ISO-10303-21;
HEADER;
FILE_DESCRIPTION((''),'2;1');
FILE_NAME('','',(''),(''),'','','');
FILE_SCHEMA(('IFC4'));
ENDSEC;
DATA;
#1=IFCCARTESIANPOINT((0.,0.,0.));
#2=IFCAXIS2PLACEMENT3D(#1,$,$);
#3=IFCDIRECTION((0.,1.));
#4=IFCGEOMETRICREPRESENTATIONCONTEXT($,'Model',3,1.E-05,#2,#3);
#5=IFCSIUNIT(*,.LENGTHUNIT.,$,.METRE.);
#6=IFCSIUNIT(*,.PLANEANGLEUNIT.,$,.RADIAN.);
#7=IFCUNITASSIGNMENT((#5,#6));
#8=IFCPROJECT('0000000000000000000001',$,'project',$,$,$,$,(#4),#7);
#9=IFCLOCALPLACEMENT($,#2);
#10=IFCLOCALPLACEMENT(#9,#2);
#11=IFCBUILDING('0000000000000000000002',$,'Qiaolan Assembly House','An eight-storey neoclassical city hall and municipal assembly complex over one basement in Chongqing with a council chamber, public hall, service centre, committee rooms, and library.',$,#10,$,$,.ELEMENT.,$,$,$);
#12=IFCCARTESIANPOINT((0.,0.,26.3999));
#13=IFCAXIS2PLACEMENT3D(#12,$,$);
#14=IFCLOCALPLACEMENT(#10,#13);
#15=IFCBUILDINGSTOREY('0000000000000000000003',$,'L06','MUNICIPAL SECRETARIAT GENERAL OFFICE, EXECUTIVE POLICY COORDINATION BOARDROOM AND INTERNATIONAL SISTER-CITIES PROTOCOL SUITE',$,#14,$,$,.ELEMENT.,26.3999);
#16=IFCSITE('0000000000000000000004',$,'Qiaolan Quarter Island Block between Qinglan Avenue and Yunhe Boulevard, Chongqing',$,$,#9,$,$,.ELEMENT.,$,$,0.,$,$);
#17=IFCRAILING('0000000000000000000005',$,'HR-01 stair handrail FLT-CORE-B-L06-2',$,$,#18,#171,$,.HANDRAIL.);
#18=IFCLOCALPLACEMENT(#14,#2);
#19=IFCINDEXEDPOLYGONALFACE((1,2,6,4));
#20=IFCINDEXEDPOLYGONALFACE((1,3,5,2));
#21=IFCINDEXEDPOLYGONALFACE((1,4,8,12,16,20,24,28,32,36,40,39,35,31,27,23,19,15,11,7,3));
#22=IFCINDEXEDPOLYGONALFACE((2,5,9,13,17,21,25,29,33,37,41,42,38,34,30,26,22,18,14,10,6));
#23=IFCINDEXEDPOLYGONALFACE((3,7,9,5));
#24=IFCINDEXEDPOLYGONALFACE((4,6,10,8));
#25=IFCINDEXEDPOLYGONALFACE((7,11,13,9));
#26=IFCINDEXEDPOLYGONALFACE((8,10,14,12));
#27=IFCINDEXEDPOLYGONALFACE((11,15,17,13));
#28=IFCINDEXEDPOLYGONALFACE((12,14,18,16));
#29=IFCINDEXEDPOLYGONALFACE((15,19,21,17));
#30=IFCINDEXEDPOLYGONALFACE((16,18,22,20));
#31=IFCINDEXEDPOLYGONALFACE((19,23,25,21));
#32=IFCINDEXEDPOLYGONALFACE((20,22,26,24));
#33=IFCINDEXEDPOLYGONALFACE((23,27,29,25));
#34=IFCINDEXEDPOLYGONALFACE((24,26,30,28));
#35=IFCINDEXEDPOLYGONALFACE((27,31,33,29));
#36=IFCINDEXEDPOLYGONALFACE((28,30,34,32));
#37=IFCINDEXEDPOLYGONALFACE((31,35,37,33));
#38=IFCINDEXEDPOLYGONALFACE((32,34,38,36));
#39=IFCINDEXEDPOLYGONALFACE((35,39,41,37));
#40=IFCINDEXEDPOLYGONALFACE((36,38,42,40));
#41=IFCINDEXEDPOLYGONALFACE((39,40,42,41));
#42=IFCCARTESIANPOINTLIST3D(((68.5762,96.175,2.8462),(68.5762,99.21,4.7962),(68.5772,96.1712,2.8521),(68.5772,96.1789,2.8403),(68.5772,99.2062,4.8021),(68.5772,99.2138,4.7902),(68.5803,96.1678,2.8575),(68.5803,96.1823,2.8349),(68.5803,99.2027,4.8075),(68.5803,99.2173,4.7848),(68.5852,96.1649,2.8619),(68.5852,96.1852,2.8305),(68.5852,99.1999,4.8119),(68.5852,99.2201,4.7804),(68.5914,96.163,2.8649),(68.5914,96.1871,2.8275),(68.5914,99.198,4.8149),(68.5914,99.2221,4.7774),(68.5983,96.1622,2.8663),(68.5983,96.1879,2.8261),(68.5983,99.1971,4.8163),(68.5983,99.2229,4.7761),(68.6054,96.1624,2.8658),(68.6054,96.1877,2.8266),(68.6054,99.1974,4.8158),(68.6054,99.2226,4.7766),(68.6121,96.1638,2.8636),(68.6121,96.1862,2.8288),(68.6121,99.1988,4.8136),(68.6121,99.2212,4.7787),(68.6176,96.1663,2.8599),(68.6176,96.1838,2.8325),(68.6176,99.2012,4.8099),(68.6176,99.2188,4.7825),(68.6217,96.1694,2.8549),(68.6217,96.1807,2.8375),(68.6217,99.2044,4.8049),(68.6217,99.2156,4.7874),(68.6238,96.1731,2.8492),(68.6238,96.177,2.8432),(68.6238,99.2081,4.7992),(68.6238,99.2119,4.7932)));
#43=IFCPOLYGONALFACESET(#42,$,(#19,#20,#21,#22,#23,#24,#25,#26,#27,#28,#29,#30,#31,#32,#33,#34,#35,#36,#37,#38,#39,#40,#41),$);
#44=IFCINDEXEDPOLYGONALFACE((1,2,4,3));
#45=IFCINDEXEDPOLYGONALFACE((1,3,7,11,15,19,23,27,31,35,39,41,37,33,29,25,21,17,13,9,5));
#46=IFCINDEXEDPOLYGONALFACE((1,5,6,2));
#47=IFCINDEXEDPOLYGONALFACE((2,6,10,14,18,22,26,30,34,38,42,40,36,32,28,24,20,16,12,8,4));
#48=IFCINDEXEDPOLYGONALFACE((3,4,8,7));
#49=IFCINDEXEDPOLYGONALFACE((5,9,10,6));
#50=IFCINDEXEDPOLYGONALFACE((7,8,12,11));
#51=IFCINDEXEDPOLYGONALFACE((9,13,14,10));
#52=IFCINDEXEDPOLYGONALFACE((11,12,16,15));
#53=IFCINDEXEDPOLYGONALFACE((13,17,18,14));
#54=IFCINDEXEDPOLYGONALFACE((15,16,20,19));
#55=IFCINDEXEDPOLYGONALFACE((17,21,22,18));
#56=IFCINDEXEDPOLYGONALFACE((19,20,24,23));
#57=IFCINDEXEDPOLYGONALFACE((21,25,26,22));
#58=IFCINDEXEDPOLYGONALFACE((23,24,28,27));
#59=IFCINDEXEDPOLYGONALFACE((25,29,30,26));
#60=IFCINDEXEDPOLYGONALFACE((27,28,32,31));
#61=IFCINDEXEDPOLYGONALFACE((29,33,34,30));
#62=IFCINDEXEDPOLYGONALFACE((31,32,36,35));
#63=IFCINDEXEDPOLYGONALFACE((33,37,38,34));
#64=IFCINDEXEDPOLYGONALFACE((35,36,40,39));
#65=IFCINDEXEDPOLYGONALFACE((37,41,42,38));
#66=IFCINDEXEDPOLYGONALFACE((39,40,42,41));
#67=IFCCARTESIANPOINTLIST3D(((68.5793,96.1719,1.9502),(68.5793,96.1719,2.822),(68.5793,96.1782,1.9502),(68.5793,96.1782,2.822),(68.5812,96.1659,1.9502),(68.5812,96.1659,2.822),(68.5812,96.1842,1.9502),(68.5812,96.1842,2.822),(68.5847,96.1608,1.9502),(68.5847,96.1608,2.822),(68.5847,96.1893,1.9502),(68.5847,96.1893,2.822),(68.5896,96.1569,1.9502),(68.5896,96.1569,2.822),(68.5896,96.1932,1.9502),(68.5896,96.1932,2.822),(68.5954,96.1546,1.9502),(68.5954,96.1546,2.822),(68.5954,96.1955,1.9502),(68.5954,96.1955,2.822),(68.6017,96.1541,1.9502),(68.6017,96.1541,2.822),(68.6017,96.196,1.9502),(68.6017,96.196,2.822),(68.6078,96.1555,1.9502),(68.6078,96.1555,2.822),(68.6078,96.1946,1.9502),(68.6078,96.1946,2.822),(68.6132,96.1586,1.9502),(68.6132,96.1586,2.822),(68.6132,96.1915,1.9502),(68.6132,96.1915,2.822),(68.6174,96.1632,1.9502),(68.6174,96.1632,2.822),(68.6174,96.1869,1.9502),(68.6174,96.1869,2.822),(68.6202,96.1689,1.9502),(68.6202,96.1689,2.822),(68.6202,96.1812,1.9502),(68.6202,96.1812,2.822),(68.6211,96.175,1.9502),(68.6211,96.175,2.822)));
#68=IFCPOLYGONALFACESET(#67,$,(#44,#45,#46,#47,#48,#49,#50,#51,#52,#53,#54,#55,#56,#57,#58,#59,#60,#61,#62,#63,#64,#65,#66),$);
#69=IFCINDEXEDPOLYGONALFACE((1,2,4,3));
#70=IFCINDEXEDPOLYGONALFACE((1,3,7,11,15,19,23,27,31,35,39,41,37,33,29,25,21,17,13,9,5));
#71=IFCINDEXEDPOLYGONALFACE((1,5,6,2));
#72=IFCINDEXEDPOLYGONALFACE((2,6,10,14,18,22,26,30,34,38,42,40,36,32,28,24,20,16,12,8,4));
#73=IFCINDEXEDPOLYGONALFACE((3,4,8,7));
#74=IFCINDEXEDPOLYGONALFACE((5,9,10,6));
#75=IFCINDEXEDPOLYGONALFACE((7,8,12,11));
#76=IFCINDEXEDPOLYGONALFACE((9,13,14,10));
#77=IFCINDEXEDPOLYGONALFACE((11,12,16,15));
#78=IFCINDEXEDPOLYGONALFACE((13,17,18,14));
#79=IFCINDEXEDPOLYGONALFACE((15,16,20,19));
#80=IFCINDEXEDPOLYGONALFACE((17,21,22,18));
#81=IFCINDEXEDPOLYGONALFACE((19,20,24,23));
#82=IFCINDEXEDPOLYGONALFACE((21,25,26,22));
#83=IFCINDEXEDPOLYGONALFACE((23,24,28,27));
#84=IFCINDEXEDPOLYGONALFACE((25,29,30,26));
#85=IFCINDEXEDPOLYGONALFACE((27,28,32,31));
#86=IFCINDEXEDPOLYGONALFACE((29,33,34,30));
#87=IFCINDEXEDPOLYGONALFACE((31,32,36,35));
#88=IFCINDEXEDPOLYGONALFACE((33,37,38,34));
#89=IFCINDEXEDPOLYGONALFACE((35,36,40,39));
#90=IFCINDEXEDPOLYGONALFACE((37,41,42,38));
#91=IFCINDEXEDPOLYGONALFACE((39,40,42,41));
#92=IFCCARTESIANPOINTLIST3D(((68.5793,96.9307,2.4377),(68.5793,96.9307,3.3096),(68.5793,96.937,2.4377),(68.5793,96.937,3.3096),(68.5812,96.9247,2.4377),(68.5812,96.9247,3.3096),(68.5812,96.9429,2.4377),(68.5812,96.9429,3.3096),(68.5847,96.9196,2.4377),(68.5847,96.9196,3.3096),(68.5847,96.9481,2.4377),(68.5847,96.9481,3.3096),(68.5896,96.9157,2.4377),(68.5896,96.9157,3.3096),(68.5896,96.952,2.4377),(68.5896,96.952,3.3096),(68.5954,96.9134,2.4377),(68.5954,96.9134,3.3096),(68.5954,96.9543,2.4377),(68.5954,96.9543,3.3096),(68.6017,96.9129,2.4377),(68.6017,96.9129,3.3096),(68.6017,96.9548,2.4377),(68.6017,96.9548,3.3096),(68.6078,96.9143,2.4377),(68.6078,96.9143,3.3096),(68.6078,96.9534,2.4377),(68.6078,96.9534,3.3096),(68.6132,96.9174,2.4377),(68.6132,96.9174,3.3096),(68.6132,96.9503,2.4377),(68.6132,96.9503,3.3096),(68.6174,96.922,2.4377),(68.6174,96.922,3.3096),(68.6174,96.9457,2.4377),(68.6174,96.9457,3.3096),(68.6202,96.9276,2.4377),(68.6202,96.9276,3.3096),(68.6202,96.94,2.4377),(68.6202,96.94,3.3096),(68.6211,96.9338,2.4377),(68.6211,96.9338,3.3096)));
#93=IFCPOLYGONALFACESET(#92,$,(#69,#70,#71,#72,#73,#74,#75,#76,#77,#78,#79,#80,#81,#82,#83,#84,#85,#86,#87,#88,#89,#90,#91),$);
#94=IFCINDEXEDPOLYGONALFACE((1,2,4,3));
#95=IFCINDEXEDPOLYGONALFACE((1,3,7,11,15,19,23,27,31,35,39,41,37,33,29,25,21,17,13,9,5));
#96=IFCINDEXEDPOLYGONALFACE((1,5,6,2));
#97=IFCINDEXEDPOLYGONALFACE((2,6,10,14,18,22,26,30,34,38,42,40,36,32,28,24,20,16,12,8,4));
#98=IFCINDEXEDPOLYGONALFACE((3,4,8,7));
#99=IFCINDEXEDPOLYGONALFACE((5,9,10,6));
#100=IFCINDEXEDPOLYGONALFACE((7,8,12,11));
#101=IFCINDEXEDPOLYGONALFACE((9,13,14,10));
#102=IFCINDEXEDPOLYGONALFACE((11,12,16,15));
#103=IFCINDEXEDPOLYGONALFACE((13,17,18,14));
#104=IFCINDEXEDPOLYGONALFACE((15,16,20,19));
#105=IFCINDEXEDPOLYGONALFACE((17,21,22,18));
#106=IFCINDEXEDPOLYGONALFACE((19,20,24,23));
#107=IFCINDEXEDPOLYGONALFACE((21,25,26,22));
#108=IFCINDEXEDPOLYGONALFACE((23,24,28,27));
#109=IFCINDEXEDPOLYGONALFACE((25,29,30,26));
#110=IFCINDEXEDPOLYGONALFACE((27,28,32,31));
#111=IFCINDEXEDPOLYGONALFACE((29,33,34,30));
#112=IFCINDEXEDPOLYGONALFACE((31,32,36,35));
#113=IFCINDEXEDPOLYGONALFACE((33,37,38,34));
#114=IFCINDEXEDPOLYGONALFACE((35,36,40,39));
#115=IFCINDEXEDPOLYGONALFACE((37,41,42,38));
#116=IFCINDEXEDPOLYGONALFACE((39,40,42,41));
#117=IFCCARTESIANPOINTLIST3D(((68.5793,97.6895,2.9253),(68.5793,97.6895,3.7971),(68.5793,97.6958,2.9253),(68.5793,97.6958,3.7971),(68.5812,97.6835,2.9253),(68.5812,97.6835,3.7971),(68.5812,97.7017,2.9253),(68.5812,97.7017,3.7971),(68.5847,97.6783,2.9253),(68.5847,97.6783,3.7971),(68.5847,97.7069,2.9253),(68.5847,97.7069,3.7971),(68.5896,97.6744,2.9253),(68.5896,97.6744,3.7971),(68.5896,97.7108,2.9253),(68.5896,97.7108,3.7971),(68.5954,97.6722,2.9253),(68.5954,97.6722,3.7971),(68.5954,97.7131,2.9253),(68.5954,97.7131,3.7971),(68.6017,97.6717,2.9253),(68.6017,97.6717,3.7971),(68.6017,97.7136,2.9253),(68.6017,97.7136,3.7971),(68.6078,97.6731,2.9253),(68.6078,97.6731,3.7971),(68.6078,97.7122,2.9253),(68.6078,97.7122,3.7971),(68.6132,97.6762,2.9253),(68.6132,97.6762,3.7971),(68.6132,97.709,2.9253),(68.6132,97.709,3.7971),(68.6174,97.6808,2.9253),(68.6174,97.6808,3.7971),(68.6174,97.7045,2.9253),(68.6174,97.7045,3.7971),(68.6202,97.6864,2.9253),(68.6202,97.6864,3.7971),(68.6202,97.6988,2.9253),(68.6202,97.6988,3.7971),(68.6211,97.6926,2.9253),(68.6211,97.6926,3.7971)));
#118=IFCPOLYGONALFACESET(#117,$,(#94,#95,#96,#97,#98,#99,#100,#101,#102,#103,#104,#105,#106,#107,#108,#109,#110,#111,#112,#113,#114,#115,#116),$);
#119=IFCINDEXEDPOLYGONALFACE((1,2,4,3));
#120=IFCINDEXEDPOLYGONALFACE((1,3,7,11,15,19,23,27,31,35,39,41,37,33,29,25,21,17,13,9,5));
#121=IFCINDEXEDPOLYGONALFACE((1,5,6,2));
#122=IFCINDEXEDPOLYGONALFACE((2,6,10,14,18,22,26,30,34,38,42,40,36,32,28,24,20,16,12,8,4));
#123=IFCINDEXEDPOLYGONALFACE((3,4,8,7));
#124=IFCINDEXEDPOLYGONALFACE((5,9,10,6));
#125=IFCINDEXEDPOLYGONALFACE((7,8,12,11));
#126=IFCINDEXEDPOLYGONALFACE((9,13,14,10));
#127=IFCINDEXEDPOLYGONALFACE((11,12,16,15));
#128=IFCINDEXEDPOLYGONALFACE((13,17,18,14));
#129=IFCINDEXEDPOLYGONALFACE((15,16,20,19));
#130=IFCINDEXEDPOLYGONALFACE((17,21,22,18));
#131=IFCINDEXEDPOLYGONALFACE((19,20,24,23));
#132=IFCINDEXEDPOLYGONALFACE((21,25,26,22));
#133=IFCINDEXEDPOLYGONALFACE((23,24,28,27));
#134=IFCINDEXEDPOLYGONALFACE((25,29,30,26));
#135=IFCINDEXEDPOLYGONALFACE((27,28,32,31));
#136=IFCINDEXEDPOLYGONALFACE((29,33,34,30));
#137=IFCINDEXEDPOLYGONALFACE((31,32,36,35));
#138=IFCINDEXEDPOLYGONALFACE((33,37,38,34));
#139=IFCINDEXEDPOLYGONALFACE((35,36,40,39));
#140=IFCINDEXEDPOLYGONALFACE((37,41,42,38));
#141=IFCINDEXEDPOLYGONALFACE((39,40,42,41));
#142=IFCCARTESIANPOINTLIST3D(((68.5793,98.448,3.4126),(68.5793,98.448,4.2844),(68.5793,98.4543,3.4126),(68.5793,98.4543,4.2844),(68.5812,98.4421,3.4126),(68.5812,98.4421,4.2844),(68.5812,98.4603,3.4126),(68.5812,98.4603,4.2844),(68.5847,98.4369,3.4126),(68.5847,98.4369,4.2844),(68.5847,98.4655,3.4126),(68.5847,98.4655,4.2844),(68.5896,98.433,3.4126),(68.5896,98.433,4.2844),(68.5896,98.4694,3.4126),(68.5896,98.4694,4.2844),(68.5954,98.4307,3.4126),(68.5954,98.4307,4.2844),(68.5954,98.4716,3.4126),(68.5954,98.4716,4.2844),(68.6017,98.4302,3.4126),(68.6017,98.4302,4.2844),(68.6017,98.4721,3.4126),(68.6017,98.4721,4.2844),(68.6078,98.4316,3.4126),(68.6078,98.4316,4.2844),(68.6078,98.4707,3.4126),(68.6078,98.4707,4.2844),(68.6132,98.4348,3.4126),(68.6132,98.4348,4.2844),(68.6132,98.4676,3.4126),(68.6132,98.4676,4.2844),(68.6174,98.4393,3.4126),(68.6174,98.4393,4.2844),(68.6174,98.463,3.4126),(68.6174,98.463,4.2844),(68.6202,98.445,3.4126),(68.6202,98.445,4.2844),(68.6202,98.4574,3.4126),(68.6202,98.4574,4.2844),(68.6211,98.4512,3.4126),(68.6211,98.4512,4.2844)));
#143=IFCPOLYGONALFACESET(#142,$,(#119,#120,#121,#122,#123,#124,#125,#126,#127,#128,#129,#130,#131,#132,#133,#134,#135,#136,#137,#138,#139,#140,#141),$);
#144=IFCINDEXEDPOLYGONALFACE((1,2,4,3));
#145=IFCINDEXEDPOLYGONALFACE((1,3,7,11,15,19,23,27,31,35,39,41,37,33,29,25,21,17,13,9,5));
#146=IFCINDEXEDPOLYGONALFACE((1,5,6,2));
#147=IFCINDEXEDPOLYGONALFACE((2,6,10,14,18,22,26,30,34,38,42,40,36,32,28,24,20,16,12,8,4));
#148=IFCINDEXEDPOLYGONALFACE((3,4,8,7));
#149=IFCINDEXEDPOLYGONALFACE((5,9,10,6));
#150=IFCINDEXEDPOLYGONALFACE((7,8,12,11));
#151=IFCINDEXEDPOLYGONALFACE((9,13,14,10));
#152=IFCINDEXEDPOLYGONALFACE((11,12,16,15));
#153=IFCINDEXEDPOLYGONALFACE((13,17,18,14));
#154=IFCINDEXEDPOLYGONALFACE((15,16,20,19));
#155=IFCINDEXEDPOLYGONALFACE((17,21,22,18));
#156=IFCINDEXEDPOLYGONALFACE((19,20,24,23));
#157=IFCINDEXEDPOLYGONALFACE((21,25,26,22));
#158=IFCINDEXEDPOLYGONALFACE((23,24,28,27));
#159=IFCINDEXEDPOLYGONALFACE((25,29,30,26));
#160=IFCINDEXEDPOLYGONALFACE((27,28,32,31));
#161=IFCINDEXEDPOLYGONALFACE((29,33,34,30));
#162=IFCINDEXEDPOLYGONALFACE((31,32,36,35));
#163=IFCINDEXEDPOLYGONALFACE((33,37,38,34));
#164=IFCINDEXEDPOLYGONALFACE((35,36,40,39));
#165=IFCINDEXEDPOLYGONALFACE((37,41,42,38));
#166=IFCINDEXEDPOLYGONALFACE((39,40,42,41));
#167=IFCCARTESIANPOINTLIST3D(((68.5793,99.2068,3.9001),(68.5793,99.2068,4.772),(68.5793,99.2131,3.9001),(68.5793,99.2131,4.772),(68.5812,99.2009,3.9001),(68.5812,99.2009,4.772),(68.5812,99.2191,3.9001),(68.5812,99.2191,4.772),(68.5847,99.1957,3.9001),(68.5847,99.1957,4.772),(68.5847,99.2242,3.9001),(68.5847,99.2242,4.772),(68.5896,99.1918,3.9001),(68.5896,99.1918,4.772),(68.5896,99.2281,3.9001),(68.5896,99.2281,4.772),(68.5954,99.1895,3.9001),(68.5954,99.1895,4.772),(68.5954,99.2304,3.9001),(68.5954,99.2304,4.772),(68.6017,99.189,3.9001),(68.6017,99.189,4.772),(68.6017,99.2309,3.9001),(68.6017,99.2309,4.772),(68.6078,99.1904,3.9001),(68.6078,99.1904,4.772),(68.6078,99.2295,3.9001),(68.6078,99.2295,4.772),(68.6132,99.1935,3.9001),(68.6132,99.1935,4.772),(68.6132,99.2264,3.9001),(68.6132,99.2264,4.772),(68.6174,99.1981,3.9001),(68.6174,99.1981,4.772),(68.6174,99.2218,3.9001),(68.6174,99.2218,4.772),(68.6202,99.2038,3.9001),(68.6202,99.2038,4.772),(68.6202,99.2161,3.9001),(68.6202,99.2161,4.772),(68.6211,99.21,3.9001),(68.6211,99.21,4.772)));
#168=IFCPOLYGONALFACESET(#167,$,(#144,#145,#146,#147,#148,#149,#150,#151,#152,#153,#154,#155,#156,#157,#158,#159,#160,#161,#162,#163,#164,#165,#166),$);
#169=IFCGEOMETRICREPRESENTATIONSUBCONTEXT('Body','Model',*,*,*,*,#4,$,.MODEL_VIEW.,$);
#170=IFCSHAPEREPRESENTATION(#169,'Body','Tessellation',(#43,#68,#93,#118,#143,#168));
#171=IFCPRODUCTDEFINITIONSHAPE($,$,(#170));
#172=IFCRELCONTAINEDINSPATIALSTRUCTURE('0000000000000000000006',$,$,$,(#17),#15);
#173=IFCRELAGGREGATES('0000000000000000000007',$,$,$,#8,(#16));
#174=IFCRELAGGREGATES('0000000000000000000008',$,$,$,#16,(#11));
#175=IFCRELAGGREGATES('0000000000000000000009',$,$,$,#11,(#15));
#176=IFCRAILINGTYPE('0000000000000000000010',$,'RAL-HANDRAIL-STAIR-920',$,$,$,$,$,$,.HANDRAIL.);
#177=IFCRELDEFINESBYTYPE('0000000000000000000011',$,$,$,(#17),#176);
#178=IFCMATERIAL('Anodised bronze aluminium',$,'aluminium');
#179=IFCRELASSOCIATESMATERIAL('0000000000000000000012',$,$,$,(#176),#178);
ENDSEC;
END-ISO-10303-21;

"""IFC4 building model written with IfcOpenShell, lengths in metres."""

from ifc_helpers import new_model, si_unit, direction, frame, origin, origin_2d, place, context, subcontext, project, spatial, circle, extrude, material, type_object, element, save


model = new_model("IFC4")

# Units and contexts
model_context = context("Model", 3, precision=1e-05, world=origin(), true_north=direction((0.0, 1.0)))
body_context = subcontext(model_context, "Body", "Model", "MODEL_VIEW")
ifc_project = project(units=[si_unit("LENGTHUNIT", "METRE"), si_unit("PLANEANGLEUNIT", "RADIAN")], contexts=[model_context])

# Site, building, storey
site_placement = place(None, origin())
site = spatial("IfcSite", under=ifc_project, at=site_placement, Name="Qiaolan Quarter Island Block between Qinglan Avenue and Yunhe Boulevard, Chongqing", CompositionType="ELEMENT", RefElevation=0.0)
building_placement = place(site_placement, origin())
building = spatial("IfcBuilding", under=site, at=building_placement, Name="Qiaolan Assembly House", Description="An eight-storey neoclassical city hall and municipal assembly complex over one basement in Chongqing with a council chamber, public hall, service centre, committee rooms, and library.", CompositionType="ELEMENT")
storey_placement = place(building_placement, frame((0.0, 0.0, 26.3999)))
storey = spatial("IfcBuildingStorey", under=building, at=storey_placement, Name="L06", Description="MUNICIPAL SECRETARIAT GENERAL OFFICE, EXECUTIVE POLICY COORDINATION BOARDROOM AND INTERNATIONAL SISTER-CITIES PROTOCOL SUITE", CompositionType="ELEMENT", Elevation=26.3999)

# Railing
ifc_material_1 = material(Name="Anodised bronze aluminium", Category="aluminium")
railing_type_1 = type_object("IfcRailingType", Name="RAL-HANDRAIL-STAIR-920", PredefinedType="HANDRAIL", material=ifc_material_1)
railing_1_placement = place(storey_placement, frame((68.6001, 96.175, 1.9502)))
element("IfcRailing", 1, at=railing_1_placement, inside=storey, type_object=railing_type_1, Name="HR-01 stair handrail FLT-CORE-B-L06-2", PredefinedType="HANDRAIL", context=body_context, shape_type="SweptSolid", body=[
    extrude(circle(Radius=0.0239, at=origin_2d()), frame((0.0, 0.0, 0.896), z_axis=(0.0, 0.841313, 0.540549), x_axis=(-1.0, 0.0, 0.0)), (0.0, 0.0, 1.0), 3.6074),
    extrude(circle(Radius=0.021, at=origin_2d()), origin(), (0.0, 0.0, 1.0), 0.8718),
    extrude(circle(Radius=0.021, at=origin_2d()), frame((0.0, 0.7588, 0.4875)), (0.0, 0.0, 1.0), 0.8718),
    extrude(circle(Radius=0.021, at=origin_2d()), frame((0.0, 1.5176, 0.9751)), (0.0, 0.0, 1.0), 0.8718),
    extrude(circle(Radius=0.021, at=origin_2d()), frame((0.0, 2.2761, 1.4624)), (0.0, 0.0, 1.0), 0.8718),
    extrude(circle(Radius=0.021, at=origin_2d()), frame((0.0, 3.0349, 1.95)), (0.0, 0.0, 1.0), 0.8718),
])

save(model, "model.ifc")
